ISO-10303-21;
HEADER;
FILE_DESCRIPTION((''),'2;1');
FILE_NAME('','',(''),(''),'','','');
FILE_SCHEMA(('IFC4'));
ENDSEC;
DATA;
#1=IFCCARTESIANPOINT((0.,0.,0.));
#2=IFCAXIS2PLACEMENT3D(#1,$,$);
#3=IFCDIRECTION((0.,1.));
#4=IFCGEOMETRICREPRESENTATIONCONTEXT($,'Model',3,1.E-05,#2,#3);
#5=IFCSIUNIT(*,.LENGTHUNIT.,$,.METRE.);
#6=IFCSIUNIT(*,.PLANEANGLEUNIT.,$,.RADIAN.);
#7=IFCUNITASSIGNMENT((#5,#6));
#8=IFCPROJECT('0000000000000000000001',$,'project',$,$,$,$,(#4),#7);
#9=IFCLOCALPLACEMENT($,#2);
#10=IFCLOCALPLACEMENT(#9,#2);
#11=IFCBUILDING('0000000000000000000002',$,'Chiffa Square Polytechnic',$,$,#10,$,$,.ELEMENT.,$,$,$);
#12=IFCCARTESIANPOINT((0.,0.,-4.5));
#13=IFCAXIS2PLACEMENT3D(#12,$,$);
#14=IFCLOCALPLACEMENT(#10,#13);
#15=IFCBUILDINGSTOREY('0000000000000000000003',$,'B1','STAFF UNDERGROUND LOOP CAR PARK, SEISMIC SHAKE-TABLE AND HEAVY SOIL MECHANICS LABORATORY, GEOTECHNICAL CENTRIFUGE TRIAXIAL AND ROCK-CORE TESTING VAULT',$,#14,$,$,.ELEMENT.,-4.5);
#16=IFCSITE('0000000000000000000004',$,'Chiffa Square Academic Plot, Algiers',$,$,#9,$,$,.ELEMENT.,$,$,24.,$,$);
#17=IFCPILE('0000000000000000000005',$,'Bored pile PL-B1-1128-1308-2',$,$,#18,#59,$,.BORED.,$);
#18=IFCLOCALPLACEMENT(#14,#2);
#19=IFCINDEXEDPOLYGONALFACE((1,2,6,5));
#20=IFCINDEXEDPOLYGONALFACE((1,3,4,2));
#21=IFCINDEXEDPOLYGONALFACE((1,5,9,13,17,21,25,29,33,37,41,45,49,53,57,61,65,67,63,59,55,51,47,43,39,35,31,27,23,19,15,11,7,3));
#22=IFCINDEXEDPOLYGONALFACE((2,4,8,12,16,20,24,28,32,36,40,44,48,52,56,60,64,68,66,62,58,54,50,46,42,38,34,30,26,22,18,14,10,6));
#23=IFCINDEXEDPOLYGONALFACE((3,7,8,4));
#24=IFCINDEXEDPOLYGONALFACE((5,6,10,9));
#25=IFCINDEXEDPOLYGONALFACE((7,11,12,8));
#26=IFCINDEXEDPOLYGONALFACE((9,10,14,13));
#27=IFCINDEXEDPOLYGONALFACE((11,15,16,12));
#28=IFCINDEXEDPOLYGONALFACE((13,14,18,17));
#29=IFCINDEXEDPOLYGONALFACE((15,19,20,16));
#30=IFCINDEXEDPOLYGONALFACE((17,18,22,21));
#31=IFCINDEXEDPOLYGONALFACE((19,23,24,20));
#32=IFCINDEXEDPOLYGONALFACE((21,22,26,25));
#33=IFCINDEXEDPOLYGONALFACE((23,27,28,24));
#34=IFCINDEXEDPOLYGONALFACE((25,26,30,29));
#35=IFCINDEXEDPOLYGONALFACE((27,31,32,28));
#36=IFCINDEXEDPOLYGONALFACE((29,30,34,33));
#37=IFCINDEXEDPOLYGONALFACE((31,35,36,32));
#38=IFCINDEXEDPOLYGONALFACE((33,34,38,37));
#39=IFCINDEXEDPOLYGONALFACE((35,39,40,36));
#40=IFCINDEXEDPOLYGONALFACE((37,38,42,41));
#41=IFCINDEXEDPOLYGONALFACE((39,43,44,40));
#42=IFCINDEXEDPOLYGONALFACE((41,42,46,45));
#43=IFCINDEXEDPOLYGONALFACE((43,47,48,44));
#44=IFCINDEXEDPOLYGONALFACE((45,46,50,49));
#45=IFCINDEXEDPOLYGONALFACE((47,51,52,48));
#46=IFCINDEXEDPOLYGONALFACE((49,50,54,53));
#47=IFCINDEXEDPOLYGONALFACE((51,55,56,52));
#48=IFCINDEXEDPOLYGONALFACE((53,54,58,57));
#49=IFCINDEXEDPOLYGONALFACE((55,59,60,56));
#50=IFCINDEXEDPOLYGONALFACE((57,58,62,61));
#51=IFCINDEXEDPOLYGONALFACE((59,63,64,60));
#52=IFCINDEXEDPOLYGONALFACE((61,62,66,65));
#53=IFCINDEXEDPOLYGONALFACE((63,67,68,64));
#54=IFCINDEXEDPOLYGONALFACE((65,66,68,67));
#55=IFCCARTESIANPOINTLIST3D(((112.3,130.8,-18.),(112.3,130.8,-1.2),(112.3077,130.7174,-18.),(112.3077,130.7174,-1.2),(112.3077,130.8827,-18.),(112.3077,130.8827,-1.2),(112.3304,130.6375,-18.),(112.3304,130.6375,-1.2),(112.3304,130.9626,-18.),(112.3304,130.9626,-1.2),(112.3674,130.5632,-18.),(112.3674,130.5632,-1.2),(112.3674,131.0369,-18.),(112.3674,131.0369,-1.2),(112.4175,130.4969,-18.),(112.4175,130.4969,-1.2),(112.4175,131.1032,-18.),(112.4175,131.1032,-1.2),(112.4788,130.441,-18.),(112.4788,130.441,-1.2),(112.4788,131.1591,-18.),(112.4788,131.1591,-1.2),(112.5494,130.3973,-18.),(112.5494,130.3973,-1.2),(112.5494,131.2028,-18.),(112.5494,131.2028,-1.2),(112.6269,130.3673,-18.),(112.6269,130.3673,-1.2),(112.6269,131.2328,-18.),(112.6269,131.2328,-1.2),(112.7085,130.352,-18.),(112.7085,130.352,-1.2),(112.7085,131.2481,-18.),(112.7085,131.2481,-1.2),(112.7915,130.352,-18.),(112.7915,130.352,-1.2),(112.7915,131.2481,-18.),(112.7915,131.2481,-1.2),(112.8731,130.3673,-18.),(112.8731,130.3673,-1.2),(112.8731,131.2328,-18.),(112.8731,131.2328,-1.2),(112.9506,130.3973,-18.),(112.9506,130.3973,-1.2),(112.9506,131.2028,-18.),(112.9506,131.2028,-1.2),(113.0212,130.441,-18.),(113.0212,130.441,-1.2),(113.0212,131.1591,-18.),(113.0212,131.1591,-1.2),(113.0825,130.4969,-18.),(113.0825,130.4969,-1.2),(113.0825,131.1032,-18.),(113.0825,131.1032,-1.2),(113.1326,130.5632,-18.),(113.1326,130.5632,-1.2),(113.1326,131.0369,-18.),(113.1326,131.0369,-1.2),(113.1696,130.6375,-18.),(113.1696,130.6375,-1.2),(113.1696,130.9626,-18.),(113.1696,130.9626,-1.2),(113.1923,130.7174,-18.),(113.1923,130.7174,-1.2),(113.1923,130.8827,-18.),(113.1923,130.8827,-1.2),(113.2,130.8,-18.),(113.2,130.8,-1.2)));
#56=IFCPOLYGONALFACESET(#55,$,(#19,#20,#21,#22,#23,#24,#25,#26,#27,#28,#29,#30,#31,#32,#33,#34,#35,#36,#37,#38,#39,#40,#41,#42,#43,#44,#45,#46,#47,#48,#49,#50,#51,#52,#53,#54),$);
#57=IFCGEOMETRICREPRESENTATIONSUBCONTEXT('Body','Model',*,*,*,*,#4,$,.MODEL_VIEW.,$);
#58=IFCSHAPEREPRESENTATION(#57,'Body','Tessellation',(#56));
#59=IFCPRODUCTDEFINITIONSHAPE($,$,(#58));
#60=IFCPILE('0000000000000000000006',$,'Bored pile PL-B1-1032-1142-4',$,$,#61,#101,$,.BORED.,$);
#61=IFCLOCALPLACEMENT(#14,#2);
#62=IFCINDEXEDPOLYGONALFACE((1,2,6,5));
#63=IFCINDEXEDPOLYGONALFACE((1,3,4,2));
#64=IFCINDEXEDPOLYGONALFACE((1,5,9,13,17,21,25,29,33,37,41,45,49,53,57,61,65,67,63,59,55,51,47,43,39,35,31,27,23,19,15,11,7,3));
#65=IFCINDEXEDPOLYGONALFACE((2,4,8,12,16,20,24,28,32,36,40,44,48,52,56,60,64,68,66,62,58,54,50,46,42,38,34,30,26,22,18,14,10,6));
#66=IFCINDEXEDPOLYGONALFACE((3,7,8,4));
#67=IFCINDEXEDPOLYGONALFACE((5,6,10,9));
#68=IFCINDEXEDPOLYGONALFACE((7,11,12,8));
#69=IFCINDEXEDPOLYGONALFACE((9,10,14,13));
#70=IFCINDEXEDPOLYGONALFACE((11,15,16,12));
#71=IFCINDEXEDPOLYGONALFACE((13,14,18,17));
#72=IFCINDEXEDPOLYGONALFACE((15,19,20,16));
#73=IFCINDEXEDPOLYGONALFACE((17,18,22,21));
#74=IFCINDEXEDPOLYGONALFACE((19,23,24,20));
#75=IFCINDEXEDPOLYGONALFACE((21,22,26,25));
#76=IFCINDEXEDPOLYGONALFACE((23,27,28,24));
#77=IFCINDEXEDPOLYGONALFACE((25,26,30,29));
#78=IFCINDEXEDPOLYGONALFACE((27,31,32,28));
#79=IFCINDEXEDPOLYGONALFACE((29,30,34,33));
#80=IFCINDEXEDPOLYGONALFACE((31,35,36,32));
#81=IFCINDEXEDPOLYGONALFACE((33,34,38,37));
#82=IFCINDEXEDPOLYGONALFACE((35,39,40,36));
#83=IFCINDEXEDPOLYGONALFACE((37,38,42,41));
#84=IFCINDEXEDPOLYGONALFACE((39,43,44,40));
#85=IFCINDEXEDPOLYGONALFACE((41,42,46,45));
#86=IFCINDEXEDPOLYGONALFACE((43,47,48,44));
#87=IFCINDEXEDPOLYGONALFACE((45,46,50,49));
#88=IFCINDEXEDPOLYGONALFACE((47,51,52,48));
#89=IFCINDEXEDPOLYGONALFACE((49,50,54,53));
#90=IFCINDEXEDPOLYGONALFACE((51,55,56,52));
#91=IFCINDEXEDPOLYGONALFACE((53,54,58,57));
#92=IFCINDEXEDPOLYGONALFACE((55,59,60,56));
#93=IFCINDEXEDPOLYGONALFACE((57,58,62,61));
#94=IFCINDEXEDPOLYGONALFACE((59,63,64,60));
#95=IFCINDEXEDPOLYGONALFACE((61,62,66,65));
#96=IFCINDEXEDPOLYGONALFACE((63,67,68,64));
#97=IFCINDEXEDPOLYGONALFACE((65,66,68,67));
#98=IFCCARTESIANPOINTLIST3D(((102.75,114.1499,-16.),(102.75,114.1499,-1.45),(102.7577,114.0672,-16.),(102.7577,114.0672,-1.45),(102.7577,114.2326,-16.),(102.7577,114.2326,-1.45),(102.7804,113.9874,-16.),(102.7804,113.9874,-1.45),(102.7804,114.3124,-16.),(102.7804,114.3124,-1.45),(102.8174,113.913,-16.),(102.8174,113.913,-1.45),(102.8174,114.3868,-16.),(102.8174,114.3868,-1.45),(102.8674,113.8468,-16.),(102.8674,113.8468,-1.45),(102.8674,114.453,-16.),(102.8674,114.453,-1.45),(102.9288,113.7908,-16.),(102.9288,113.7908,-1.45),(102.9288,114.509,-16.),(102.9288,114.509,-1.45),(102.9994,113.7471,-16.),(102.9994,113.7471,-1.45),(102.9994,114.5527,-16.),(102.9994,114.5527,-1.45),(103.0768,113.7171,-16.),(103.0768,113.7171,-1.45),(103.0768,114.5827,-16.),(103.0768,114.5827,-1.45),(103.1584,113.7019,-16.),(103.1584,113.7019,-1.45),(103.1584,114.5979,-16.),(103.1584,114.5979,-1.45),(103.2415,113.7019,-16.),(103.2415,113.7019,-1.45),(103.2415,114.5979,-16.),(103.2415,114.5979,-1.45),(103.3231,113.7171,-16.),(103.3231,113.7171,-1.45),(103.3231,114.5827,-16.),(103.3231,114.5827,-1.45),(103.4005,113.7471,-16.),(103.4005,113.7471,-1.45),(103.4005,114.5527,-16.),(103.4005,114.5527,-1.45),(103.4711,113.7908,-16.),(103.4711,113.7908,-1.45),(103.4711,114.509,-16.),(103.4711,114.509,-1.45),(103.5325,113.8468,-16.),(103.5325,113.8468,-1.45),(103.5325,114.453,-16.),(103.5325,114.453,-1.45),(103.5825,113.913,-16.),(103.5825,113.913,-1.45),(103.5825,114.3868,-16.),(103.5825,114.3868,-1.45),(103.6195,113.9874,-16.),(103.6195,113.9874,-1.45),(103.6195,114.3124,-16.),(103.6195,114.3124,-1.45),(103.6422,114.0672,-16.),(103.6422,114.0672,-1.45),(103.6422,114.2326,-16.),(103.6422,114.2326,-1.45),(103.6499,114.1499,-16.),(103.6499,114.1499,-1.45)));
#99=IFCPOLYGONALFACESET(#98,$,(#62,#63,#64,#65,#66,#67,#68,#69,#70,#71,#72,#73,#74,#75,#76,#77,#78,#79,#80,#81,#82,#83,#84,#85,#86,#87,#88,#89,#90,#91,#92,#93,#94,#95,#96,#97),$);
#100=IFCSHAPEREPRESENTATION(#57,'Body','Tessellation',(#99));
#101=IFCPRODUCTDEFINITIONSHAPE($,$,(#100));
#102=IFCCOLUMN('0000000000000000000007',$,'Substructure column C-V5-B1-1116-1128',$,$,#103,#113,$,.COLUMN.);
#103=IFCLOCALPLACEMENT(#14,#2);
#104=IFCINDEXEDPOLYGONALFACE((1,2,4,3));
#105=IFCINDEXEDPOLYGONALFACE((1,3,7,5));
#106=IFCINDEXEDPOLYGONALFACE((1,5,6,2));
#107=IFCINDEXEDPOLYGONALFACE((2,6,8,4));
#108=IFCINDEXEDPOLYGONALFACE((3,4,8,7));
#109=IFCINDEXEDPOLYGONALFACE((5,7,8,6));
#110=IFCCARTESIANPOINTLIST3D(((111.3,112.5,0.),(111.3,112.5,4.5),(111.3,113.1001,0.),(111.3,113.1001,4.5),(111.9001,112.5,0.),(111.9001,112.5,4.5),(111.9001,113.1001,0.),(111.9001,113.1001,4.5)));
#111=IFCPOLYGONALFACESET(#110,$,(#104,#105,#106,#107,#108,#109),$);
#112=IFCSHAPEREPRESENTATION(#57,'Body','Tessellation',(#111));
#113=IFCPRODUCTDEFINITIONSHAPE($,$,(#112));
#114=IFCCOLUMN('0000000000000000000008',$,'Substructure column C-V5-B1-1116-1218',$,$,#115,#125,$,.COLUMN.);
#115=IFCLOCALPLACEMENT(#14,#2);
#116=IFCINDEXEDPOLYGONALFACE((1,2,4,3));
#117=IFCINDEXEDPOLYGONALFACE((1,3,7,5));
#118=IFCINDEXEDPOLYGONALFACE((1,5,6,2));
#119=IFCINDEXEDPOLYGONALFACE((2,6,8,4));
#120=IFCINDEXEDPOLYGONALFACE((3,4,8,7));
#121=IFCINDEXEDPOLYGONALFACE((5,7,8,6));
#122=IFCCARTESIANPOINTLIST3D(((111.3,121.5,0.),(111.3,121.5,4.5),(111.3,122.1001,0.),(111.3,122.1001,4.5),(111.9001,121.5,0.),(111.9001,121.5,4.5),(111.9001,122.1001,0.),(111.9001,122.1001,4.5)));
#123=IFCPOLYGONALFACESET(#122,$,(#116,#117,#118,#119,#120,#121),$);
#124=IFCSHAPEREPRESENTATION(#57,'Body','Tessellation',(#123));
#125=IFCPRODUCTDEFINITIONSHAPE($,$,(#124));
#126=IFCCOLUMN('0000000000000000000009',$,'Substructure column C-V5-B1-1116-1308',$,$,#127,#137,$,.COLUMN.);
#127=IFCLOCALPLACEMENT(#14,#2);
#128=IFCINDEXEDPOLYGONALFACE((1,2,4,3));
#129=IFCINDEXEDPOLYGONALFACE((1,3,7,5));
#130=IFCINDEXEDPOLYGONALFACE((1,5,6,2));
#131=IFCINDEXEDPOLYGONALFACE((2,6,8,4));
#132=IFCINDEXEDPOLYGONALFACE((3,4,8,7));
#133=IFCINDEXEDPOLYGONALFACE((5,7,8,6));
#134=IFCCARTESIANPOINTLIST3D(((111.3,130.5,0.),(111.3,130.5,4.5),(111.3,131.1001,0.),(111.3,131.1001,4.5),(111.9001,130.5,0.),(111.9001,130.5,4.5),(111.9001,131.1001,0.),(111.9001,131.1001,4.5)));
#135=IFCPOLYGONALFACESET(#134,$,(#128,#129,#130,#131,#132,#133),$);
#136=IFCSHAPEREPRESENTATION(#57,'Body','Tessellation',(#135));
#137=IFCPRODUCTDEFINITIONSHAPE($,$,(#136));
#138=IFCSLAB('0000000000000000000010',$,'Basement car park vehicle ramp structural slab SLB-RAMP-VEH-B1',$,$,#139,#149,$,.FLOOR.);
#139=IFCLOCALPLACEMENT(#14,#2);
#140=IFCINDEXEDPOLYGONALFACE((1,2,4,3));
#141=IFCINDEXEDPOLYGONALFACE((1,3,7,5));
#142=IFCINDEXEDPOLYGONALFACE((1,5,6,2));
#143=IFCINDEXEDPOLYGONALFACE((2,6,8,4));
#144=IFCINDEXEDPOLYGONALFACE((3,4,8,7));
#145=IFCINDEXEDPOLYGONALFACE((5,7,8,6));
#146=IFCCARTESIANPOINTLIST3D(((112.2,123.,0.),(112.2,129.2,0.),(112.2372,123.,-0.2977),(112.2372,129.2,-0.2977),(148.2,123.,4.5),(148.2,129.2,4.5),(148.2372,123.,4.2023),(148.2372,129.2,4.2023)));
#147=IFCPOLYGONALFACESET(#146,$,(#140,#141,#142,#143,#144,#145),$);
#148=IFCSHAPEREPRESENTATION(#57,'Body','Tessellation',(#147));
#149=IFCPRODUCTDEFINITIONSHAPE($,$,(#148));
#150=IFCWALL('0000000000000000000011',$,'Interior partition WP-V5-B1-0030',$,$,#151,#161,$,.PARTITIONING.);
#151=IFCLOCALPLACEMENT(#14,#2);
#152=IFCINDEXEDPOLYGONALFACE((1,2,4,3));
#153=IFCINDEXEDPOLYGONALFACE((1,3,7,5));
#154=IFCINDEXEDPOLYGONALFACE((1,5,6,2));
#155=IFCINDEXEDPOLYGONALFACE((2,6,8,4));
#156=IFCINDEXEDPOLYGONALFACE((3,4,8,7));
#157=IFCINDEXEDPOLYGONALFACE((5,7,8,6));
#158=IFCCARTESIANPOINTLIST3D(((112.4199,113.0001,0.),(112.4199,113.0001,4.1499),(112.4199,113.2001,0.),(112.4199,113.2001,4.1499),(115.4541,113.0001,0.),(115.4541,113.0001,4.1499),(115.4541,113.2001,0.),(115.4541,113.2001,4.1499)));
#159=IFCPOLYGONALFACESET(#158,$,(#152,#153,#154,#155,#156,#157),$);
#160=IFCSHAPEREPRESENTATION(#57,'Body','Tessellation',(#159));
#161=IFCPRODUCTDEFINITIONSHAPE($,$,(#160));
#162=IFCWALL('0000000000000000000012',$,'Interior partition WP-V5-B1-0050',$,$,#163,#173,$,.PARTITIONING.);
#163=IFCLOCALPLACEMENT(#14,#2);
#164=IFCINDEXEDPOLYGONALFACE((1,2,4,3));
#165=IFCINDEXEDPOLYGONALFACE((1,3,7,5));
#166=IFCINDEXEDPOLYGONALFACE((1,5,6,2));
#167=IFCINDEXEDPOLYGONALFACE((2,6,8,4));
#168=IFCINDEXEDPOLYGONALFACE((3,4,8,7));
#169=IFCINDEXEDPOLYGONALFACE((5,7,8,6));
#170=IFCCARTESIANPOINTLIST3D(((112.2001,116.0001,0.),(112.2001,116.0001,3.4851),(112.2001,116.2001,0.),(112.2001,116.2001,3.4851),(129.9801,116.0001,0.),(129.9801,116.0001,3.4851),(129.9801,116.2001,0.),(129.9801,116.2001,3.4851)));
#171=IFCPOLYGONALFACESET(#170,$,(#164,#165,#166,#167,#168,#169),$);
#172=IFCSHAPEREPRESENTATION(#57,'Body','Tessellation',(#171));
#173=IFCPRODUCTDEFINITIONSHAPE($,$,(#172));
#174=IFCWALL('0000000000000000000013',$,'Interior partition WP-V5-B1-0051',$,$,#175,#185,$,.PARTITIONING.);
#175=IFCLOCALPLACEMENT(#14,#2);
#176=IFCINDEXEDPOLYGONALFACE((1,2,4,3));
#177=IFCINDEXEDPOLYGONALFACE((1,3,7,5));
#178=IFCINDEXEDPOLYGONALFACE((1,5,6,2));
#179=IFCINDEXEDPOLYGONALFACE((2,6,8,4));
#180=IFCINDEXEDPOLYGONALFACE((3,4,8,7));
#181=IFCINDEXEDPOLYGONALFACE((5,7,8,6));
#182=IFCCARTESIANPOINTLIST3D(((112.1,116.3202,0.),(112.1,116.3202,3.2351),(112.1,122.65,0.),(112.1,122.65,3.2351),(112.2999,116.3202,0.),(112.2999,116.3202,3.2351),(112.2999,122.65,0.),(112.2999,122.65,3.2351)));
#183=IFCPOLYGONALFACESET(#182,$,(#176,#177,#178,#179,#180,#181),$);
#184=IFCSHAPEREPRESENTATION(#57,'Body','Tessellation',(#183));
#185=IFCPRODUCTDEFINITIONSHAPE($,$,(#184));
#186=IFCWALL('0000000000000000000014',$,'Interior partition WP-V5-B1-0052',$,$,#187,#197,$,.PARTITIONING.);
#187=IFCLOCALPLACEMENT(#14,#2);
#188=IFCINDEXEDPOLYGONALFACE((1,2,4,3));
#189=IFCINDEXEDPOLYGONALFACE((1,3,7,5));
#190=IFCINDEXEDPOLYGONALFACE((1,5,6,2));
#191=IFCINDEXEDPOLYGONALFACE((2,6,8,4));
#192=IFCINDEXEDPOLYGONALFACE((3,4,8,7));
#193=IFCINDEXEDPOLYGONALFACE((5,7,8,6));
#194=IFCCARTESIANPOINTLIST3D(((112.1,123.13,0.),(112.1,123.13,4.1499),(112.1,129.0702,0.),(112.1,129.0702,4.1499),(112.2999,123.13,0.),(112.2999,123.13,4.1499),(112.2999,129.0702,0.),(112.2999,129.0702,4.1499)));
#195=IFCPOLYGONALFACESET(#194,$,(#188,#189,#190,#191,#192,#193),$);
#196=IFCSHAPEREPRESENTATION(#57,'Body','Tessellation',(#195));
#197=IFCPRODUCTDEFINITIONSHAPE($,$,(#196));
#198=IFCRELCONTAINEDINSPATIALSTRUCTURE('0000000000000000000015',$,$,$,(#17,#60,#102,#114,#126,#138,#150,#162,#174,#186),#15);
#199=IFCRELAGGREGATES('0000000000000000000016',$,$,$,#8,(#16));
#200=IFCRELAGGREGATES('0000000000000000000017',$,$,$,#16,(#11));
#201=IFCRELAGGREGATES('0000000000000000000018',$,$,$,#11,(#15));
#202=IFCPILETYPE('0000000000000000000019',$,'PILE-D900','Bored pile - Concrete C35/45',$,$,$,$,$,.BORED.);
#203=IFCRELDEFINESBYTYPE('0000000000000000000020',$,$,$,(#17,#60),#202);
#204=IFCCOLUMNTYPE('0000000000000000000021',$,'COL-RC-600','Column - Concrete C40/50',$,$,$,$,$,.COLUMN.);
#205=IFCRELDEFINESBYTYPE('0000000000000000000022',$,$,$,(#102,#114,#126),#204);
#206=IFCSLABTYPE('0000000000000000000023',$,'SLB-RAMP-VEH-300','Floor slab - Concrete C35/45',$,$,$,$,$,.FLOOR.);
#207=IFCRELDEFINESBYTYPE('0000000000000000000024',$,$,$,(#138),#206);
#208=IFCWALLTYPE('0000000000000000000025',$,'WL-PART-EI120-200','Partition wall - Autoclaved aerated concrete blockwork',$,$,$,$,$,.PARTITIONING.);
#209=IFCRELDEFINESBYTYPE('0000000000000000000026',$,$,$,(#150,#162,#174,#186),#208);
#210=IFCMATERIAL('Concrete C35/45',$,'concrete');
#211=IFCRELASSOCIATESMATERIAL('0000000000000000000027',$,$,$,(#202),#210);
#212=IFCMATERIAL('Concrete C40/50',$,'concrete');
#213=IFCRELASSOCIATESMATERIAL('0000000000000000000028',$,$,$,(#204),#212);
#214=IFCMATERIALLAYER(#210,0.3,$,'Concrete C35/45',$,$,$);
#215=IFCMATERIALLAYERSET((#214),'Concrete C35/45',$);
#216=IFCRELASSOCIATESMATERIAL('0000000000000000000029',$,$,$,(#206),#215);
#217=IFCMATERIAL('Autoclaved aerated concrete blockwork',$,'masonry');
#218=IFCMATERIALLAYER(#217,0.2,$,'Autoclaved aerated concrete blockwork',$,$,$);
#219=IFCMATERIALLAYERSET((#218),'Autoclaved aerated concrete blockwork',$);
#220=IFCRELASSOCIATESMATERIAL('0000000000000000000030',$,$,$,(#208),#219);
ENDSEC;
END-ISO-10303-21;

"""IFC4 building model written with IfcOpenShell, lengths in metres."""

from ifc_helpers import new_model, si_unit, direction, frame, frame_2d, origin, origin_2d, place, context, subcontext, project, spatial, polyline, rectangle, circle, outline, extrude, material, layer, layer_set, material_profile, profile_set, type_object, element, save


model = new_model("IFC4")

# Units and contexts
model_context = context("Model", 3, precision=1e-05, world=origin(), true_north=direction((0.0, 1.0)))
body_context = subcontext(model_context, "Body", "Model", "MODEL_VIEW")
ifc_project = project(units=[si_unit("LENGTHUNIT", "METRE"), si_unit("PLANEANGLEUNIT", "RADIAN")], contexts=[model_context])

# Site, building, storey
site_placement = place(None, origin())
site = spatial("IfcSite", under=ifc_project, at=site_placement, Name="Chiffa Square Academic Plot, Algiers", CompositionType="ELEMENT", RefElevation=24.0)
building_placement = place(site_placement, origin())
building = spatial("IfcBuilding", under=site, at=building_placement, Name="Chiffa Square Polytechnic", CompositionType="ELEMENT")
storey_placement = place(building_placement, frame((0.0, 0.0, -4.5)))
storey = spatial("IfcBuildingStorey", under=building, at=storey_placement, Name="B1", Description="STAFF UNDERGROUND LOOP CAR PARK, SEISMIC SHAKE-TABLE AND HEAVY SOIL MECHANICS LABORATORY, GEOTECHNICAL CENTRIFUGE TRIAXIAL AND ROCK-CORE TESTING VAULT", CompositionType="ELEMENT", Elevation=-4.5)

# Shared definitions
ifc_material_1 = material(Name="Concrete C35/45", Category="concrete")

# Piles
ifc_material_profile_1 = material_profile(ifc_material_1, circle(Radius=0.45, at=origin_2d()), Name="PILE D900")
ifc_profile_set_1 = profile_set([ifc_material_profile_1], Name="Concrete C35/45")
pile_type_1 = type_object("IfcPileType", Name="PILE-D900", Description="Bored pile - Concrete C35/45", PredefinedType="BORED", material=ifc_profile_set_1)
for number, where, z_axis, x_axis, name in (
    (1, (112.75, 130.8, -1.2), (0.0, 0.0, -1.0), (1.0, 0.0, 0.0), "Bored pile PL-B1-1128-1308-2"),
):
    element("IfcPile", number, at=place(storey_placement, frame(where, z_axis=z_axis, x_axis=x_axis)), inside=storey, type_object=pile_type_1, Name=name, PredefinedType="BORED", context=body_context, shape_type="SweptSolid", body=[
        extrude(circle(Radius=0.45, at=origin_2d()), origin(), (0.0, 0.0, 1.0), 16.8),
    ])
pile_1_placement = place(storey_placement, frame((103.2, 114.1499, -1.45), z_axis=(0.0, 0.0, -1.0), x_axis=(1.0, 0.0, 0.0)))
element("IfcPile", 2, at=pile_1_placement, inside=storey, type_object=pile_type_1, Name="Bored pile PL-B1-1032-1142-4", PredefinedType="BORED", context=body_context, shape_type="SweptSolid", body=[
    extrude(circle(Radius=0.45, at=origin_2d()), origin(), (0.0, 0.0, 1.0), 14.55),
])

# Columns
ifc_material_2 = material(Name="Concrete C40/50", Category="concrete")
ifc_material_profile_2 = material_profile(ifc_material_2, rectangle(XDim=0.6001, YDim=0.6001, at=origin_2d()), Name="RC 600x600")
ifc_profile_set_2 = profile_set([ifc_material_profile_2], Name="Concrete C40/50")
column_type = type_object("IfcColumnType", Name="COL-RC-600", Description="Column - Concrete C40/50", PredefinedType="COLUMN", material=ifc_profile_set_2)
for number, where, z_axis, x_axis, name in (
    (3, (111.6001, 112.8, 0.0), (0.0, 0.0, 1.0), (1.0, 0.0, 0.0), "Substructure column C-V5-B1-1116-1128"),
    (4, (111.6001, 121.8, 0.0), (0.0, 0.0, 1.0), (1.0, 0.0, 0.0), "Substructure column C-V5-B1-1116-1218"),
    (5, (111.6001, 130.8, 0.0), (0.0, 0.0, 1.0), (1.0, 0.0, 0.0), "Substructure column C-V5-B1-1116-1308"),
):
    element("IfcColumn", number, at=place(storey_placement, frame(where, z_axis=z_axis, x_axis=x_axis)), inside=storey, type_object=column_type, Name=name, PredefinedType="COLUMN", context=body_context, shape_type="SweptSolid", body=[
        extrude(rectangle(XDim=0.6001, YDim=0.6001, at=origin_2d()), origin(), (0.0, 0.0, 1.0), 4.5),
    ])

# Slab
ifc_layer_1 = layer(ifc_material_1, 0.3, Name="Concrete C35/45")
ifc_layer_set_1 = layer_set([ifc_layer_1], Name="Concrete C35/45")
slab_type = type_object("IfcSlabType", Name="SLB-RAMP-VEH-300", Description="Floor slab - Concrete C35/45", PredefinedType="FLOOR", material=ifc_layer_set_1)
slab_placement = place(storey_placement, frame((112.2, 123.0, 0.0), z_axis=(-0.124035, 0.0, 0.992278), x_axis=(0.992278, 0.0, 0.124035)))
element("IfcSlab", 6, at=slab_placement, inside=storey, type_object=slab_type, Name="Basement car park vehicle ramp structural slab SLB-RAMP-VEH-B1", PredefinedType="FLOOR", context=body_context, shape_type="SweptSolid", body=[
    extrude(outline(polyline([(0.0, 0.0), (36.2802, 0.0), (36.2802, 6.2), (0.0, 6.2), (0.0, 0.0)])), origin(), (0.0, 0.0, -1.0), 0.3),
])

# Walls
ifc_material_3 = material(Name="Autoclaved aerated concrete blockwork", Category="masonry")
ifc_layer_2 = layer(ifc_material_3, 0.2, Name="Autoclaved aerated concrete blockwork")
ifc_layer_set_2 = layer_set([ifc_layer_2], Name="Autoclaved aerated concrete blockwork")
wall_type_1 = type_object("IfcWallType", Name="WL-PART-EI120-200", Description="Partition wall - Autoclaved aerated concrete blockwork", PredefinedType="PARTITIONING", material=ifc_layer_set_2)
wall_1_placement = place(storey_placement, frame((112.4199, 113.1001, 0.0), z_axis=(0.0, 0.0, 1.0), x_axis=(1.0, 0.0, 0.0)))
element("IfcWall", 7, at=wall_1_placement, inside=storey, type_object=wall_type_1, Name="Interior partition WP-V5-B1-0030", PredefinedType="PARTITIONING", context=body_context, shape_type="SweptSolid", body=[
    extrude(rectangle(XDim=3.0342, YDim=0.2, at=frame_2d((1.5171, 0.0))), origin(), (0.0, 0.0, 1.0), 4.1499),
])
wall_2_placement = place(storey_placement, frame((112.2, 116.1001, 0.0), z_axis=(0.0, 0.0, 1.0), x_axis=(1.0, 0.0, 0.0)))
element("IfcWall", 8, at=wall_2_placement, inside=storey, type_object=wall_type_1, Name="Interior partition WP-V5-B1-0050", PredefinedType="PARTITIONING", context=body_context, shape_type="SweptSolid", body=[
    extrude(rectangle(XDim=17.78, YDim=0.2, at=frame_2d((8.8901, 0.0))), origin(), (0.0, 0.0, 1.0), 3.4851),
])
wall_3_placement = place(storey_placement, frame((112.2, 116.3201, 0.0), z_axis=(0.0, 0.0, 1.0), x_axis=(0.0, 1.0, 0.0)))
element("IfcWall", 9, at=wall_3_placement, inside=storey, type_object=wall_type_1, Name="Interior partition WP-V5-B1-0051", PredefinedType="PARTITIONING", context=body_context, shape_type="SweptSolid", body=[
    extrude(rectangle(XDim=6.3298, YDim=0.2, at=frame_2d((3.165, 0.0))), origin(), (0.0, 0.0, 1.0), 3.2351),
])
wall_4_placement = place(storey_placement, frame((112.2, 123.1299, 0.0), z_axis=(0.0, 0.0, 1.0), x_axis=(0.0, 1.0, 0.0)))
element("IfcWall", 10, at=wall_4_placement, inside=storey, type_object=wall_type_1, Name="Interior partition WP-V5-B1-0052", PredefinedType="PARTITIONING", context=body_context, shape_type="SweptSolid", body=[
    extrude(rectangle(XDim=5.9402, YDim=0.2, at=frame_2d((2.9702, 0.0))), origin(), (0.0, 0.0, 1.0), 4.1499),
])

save(model, "model.ifc")
